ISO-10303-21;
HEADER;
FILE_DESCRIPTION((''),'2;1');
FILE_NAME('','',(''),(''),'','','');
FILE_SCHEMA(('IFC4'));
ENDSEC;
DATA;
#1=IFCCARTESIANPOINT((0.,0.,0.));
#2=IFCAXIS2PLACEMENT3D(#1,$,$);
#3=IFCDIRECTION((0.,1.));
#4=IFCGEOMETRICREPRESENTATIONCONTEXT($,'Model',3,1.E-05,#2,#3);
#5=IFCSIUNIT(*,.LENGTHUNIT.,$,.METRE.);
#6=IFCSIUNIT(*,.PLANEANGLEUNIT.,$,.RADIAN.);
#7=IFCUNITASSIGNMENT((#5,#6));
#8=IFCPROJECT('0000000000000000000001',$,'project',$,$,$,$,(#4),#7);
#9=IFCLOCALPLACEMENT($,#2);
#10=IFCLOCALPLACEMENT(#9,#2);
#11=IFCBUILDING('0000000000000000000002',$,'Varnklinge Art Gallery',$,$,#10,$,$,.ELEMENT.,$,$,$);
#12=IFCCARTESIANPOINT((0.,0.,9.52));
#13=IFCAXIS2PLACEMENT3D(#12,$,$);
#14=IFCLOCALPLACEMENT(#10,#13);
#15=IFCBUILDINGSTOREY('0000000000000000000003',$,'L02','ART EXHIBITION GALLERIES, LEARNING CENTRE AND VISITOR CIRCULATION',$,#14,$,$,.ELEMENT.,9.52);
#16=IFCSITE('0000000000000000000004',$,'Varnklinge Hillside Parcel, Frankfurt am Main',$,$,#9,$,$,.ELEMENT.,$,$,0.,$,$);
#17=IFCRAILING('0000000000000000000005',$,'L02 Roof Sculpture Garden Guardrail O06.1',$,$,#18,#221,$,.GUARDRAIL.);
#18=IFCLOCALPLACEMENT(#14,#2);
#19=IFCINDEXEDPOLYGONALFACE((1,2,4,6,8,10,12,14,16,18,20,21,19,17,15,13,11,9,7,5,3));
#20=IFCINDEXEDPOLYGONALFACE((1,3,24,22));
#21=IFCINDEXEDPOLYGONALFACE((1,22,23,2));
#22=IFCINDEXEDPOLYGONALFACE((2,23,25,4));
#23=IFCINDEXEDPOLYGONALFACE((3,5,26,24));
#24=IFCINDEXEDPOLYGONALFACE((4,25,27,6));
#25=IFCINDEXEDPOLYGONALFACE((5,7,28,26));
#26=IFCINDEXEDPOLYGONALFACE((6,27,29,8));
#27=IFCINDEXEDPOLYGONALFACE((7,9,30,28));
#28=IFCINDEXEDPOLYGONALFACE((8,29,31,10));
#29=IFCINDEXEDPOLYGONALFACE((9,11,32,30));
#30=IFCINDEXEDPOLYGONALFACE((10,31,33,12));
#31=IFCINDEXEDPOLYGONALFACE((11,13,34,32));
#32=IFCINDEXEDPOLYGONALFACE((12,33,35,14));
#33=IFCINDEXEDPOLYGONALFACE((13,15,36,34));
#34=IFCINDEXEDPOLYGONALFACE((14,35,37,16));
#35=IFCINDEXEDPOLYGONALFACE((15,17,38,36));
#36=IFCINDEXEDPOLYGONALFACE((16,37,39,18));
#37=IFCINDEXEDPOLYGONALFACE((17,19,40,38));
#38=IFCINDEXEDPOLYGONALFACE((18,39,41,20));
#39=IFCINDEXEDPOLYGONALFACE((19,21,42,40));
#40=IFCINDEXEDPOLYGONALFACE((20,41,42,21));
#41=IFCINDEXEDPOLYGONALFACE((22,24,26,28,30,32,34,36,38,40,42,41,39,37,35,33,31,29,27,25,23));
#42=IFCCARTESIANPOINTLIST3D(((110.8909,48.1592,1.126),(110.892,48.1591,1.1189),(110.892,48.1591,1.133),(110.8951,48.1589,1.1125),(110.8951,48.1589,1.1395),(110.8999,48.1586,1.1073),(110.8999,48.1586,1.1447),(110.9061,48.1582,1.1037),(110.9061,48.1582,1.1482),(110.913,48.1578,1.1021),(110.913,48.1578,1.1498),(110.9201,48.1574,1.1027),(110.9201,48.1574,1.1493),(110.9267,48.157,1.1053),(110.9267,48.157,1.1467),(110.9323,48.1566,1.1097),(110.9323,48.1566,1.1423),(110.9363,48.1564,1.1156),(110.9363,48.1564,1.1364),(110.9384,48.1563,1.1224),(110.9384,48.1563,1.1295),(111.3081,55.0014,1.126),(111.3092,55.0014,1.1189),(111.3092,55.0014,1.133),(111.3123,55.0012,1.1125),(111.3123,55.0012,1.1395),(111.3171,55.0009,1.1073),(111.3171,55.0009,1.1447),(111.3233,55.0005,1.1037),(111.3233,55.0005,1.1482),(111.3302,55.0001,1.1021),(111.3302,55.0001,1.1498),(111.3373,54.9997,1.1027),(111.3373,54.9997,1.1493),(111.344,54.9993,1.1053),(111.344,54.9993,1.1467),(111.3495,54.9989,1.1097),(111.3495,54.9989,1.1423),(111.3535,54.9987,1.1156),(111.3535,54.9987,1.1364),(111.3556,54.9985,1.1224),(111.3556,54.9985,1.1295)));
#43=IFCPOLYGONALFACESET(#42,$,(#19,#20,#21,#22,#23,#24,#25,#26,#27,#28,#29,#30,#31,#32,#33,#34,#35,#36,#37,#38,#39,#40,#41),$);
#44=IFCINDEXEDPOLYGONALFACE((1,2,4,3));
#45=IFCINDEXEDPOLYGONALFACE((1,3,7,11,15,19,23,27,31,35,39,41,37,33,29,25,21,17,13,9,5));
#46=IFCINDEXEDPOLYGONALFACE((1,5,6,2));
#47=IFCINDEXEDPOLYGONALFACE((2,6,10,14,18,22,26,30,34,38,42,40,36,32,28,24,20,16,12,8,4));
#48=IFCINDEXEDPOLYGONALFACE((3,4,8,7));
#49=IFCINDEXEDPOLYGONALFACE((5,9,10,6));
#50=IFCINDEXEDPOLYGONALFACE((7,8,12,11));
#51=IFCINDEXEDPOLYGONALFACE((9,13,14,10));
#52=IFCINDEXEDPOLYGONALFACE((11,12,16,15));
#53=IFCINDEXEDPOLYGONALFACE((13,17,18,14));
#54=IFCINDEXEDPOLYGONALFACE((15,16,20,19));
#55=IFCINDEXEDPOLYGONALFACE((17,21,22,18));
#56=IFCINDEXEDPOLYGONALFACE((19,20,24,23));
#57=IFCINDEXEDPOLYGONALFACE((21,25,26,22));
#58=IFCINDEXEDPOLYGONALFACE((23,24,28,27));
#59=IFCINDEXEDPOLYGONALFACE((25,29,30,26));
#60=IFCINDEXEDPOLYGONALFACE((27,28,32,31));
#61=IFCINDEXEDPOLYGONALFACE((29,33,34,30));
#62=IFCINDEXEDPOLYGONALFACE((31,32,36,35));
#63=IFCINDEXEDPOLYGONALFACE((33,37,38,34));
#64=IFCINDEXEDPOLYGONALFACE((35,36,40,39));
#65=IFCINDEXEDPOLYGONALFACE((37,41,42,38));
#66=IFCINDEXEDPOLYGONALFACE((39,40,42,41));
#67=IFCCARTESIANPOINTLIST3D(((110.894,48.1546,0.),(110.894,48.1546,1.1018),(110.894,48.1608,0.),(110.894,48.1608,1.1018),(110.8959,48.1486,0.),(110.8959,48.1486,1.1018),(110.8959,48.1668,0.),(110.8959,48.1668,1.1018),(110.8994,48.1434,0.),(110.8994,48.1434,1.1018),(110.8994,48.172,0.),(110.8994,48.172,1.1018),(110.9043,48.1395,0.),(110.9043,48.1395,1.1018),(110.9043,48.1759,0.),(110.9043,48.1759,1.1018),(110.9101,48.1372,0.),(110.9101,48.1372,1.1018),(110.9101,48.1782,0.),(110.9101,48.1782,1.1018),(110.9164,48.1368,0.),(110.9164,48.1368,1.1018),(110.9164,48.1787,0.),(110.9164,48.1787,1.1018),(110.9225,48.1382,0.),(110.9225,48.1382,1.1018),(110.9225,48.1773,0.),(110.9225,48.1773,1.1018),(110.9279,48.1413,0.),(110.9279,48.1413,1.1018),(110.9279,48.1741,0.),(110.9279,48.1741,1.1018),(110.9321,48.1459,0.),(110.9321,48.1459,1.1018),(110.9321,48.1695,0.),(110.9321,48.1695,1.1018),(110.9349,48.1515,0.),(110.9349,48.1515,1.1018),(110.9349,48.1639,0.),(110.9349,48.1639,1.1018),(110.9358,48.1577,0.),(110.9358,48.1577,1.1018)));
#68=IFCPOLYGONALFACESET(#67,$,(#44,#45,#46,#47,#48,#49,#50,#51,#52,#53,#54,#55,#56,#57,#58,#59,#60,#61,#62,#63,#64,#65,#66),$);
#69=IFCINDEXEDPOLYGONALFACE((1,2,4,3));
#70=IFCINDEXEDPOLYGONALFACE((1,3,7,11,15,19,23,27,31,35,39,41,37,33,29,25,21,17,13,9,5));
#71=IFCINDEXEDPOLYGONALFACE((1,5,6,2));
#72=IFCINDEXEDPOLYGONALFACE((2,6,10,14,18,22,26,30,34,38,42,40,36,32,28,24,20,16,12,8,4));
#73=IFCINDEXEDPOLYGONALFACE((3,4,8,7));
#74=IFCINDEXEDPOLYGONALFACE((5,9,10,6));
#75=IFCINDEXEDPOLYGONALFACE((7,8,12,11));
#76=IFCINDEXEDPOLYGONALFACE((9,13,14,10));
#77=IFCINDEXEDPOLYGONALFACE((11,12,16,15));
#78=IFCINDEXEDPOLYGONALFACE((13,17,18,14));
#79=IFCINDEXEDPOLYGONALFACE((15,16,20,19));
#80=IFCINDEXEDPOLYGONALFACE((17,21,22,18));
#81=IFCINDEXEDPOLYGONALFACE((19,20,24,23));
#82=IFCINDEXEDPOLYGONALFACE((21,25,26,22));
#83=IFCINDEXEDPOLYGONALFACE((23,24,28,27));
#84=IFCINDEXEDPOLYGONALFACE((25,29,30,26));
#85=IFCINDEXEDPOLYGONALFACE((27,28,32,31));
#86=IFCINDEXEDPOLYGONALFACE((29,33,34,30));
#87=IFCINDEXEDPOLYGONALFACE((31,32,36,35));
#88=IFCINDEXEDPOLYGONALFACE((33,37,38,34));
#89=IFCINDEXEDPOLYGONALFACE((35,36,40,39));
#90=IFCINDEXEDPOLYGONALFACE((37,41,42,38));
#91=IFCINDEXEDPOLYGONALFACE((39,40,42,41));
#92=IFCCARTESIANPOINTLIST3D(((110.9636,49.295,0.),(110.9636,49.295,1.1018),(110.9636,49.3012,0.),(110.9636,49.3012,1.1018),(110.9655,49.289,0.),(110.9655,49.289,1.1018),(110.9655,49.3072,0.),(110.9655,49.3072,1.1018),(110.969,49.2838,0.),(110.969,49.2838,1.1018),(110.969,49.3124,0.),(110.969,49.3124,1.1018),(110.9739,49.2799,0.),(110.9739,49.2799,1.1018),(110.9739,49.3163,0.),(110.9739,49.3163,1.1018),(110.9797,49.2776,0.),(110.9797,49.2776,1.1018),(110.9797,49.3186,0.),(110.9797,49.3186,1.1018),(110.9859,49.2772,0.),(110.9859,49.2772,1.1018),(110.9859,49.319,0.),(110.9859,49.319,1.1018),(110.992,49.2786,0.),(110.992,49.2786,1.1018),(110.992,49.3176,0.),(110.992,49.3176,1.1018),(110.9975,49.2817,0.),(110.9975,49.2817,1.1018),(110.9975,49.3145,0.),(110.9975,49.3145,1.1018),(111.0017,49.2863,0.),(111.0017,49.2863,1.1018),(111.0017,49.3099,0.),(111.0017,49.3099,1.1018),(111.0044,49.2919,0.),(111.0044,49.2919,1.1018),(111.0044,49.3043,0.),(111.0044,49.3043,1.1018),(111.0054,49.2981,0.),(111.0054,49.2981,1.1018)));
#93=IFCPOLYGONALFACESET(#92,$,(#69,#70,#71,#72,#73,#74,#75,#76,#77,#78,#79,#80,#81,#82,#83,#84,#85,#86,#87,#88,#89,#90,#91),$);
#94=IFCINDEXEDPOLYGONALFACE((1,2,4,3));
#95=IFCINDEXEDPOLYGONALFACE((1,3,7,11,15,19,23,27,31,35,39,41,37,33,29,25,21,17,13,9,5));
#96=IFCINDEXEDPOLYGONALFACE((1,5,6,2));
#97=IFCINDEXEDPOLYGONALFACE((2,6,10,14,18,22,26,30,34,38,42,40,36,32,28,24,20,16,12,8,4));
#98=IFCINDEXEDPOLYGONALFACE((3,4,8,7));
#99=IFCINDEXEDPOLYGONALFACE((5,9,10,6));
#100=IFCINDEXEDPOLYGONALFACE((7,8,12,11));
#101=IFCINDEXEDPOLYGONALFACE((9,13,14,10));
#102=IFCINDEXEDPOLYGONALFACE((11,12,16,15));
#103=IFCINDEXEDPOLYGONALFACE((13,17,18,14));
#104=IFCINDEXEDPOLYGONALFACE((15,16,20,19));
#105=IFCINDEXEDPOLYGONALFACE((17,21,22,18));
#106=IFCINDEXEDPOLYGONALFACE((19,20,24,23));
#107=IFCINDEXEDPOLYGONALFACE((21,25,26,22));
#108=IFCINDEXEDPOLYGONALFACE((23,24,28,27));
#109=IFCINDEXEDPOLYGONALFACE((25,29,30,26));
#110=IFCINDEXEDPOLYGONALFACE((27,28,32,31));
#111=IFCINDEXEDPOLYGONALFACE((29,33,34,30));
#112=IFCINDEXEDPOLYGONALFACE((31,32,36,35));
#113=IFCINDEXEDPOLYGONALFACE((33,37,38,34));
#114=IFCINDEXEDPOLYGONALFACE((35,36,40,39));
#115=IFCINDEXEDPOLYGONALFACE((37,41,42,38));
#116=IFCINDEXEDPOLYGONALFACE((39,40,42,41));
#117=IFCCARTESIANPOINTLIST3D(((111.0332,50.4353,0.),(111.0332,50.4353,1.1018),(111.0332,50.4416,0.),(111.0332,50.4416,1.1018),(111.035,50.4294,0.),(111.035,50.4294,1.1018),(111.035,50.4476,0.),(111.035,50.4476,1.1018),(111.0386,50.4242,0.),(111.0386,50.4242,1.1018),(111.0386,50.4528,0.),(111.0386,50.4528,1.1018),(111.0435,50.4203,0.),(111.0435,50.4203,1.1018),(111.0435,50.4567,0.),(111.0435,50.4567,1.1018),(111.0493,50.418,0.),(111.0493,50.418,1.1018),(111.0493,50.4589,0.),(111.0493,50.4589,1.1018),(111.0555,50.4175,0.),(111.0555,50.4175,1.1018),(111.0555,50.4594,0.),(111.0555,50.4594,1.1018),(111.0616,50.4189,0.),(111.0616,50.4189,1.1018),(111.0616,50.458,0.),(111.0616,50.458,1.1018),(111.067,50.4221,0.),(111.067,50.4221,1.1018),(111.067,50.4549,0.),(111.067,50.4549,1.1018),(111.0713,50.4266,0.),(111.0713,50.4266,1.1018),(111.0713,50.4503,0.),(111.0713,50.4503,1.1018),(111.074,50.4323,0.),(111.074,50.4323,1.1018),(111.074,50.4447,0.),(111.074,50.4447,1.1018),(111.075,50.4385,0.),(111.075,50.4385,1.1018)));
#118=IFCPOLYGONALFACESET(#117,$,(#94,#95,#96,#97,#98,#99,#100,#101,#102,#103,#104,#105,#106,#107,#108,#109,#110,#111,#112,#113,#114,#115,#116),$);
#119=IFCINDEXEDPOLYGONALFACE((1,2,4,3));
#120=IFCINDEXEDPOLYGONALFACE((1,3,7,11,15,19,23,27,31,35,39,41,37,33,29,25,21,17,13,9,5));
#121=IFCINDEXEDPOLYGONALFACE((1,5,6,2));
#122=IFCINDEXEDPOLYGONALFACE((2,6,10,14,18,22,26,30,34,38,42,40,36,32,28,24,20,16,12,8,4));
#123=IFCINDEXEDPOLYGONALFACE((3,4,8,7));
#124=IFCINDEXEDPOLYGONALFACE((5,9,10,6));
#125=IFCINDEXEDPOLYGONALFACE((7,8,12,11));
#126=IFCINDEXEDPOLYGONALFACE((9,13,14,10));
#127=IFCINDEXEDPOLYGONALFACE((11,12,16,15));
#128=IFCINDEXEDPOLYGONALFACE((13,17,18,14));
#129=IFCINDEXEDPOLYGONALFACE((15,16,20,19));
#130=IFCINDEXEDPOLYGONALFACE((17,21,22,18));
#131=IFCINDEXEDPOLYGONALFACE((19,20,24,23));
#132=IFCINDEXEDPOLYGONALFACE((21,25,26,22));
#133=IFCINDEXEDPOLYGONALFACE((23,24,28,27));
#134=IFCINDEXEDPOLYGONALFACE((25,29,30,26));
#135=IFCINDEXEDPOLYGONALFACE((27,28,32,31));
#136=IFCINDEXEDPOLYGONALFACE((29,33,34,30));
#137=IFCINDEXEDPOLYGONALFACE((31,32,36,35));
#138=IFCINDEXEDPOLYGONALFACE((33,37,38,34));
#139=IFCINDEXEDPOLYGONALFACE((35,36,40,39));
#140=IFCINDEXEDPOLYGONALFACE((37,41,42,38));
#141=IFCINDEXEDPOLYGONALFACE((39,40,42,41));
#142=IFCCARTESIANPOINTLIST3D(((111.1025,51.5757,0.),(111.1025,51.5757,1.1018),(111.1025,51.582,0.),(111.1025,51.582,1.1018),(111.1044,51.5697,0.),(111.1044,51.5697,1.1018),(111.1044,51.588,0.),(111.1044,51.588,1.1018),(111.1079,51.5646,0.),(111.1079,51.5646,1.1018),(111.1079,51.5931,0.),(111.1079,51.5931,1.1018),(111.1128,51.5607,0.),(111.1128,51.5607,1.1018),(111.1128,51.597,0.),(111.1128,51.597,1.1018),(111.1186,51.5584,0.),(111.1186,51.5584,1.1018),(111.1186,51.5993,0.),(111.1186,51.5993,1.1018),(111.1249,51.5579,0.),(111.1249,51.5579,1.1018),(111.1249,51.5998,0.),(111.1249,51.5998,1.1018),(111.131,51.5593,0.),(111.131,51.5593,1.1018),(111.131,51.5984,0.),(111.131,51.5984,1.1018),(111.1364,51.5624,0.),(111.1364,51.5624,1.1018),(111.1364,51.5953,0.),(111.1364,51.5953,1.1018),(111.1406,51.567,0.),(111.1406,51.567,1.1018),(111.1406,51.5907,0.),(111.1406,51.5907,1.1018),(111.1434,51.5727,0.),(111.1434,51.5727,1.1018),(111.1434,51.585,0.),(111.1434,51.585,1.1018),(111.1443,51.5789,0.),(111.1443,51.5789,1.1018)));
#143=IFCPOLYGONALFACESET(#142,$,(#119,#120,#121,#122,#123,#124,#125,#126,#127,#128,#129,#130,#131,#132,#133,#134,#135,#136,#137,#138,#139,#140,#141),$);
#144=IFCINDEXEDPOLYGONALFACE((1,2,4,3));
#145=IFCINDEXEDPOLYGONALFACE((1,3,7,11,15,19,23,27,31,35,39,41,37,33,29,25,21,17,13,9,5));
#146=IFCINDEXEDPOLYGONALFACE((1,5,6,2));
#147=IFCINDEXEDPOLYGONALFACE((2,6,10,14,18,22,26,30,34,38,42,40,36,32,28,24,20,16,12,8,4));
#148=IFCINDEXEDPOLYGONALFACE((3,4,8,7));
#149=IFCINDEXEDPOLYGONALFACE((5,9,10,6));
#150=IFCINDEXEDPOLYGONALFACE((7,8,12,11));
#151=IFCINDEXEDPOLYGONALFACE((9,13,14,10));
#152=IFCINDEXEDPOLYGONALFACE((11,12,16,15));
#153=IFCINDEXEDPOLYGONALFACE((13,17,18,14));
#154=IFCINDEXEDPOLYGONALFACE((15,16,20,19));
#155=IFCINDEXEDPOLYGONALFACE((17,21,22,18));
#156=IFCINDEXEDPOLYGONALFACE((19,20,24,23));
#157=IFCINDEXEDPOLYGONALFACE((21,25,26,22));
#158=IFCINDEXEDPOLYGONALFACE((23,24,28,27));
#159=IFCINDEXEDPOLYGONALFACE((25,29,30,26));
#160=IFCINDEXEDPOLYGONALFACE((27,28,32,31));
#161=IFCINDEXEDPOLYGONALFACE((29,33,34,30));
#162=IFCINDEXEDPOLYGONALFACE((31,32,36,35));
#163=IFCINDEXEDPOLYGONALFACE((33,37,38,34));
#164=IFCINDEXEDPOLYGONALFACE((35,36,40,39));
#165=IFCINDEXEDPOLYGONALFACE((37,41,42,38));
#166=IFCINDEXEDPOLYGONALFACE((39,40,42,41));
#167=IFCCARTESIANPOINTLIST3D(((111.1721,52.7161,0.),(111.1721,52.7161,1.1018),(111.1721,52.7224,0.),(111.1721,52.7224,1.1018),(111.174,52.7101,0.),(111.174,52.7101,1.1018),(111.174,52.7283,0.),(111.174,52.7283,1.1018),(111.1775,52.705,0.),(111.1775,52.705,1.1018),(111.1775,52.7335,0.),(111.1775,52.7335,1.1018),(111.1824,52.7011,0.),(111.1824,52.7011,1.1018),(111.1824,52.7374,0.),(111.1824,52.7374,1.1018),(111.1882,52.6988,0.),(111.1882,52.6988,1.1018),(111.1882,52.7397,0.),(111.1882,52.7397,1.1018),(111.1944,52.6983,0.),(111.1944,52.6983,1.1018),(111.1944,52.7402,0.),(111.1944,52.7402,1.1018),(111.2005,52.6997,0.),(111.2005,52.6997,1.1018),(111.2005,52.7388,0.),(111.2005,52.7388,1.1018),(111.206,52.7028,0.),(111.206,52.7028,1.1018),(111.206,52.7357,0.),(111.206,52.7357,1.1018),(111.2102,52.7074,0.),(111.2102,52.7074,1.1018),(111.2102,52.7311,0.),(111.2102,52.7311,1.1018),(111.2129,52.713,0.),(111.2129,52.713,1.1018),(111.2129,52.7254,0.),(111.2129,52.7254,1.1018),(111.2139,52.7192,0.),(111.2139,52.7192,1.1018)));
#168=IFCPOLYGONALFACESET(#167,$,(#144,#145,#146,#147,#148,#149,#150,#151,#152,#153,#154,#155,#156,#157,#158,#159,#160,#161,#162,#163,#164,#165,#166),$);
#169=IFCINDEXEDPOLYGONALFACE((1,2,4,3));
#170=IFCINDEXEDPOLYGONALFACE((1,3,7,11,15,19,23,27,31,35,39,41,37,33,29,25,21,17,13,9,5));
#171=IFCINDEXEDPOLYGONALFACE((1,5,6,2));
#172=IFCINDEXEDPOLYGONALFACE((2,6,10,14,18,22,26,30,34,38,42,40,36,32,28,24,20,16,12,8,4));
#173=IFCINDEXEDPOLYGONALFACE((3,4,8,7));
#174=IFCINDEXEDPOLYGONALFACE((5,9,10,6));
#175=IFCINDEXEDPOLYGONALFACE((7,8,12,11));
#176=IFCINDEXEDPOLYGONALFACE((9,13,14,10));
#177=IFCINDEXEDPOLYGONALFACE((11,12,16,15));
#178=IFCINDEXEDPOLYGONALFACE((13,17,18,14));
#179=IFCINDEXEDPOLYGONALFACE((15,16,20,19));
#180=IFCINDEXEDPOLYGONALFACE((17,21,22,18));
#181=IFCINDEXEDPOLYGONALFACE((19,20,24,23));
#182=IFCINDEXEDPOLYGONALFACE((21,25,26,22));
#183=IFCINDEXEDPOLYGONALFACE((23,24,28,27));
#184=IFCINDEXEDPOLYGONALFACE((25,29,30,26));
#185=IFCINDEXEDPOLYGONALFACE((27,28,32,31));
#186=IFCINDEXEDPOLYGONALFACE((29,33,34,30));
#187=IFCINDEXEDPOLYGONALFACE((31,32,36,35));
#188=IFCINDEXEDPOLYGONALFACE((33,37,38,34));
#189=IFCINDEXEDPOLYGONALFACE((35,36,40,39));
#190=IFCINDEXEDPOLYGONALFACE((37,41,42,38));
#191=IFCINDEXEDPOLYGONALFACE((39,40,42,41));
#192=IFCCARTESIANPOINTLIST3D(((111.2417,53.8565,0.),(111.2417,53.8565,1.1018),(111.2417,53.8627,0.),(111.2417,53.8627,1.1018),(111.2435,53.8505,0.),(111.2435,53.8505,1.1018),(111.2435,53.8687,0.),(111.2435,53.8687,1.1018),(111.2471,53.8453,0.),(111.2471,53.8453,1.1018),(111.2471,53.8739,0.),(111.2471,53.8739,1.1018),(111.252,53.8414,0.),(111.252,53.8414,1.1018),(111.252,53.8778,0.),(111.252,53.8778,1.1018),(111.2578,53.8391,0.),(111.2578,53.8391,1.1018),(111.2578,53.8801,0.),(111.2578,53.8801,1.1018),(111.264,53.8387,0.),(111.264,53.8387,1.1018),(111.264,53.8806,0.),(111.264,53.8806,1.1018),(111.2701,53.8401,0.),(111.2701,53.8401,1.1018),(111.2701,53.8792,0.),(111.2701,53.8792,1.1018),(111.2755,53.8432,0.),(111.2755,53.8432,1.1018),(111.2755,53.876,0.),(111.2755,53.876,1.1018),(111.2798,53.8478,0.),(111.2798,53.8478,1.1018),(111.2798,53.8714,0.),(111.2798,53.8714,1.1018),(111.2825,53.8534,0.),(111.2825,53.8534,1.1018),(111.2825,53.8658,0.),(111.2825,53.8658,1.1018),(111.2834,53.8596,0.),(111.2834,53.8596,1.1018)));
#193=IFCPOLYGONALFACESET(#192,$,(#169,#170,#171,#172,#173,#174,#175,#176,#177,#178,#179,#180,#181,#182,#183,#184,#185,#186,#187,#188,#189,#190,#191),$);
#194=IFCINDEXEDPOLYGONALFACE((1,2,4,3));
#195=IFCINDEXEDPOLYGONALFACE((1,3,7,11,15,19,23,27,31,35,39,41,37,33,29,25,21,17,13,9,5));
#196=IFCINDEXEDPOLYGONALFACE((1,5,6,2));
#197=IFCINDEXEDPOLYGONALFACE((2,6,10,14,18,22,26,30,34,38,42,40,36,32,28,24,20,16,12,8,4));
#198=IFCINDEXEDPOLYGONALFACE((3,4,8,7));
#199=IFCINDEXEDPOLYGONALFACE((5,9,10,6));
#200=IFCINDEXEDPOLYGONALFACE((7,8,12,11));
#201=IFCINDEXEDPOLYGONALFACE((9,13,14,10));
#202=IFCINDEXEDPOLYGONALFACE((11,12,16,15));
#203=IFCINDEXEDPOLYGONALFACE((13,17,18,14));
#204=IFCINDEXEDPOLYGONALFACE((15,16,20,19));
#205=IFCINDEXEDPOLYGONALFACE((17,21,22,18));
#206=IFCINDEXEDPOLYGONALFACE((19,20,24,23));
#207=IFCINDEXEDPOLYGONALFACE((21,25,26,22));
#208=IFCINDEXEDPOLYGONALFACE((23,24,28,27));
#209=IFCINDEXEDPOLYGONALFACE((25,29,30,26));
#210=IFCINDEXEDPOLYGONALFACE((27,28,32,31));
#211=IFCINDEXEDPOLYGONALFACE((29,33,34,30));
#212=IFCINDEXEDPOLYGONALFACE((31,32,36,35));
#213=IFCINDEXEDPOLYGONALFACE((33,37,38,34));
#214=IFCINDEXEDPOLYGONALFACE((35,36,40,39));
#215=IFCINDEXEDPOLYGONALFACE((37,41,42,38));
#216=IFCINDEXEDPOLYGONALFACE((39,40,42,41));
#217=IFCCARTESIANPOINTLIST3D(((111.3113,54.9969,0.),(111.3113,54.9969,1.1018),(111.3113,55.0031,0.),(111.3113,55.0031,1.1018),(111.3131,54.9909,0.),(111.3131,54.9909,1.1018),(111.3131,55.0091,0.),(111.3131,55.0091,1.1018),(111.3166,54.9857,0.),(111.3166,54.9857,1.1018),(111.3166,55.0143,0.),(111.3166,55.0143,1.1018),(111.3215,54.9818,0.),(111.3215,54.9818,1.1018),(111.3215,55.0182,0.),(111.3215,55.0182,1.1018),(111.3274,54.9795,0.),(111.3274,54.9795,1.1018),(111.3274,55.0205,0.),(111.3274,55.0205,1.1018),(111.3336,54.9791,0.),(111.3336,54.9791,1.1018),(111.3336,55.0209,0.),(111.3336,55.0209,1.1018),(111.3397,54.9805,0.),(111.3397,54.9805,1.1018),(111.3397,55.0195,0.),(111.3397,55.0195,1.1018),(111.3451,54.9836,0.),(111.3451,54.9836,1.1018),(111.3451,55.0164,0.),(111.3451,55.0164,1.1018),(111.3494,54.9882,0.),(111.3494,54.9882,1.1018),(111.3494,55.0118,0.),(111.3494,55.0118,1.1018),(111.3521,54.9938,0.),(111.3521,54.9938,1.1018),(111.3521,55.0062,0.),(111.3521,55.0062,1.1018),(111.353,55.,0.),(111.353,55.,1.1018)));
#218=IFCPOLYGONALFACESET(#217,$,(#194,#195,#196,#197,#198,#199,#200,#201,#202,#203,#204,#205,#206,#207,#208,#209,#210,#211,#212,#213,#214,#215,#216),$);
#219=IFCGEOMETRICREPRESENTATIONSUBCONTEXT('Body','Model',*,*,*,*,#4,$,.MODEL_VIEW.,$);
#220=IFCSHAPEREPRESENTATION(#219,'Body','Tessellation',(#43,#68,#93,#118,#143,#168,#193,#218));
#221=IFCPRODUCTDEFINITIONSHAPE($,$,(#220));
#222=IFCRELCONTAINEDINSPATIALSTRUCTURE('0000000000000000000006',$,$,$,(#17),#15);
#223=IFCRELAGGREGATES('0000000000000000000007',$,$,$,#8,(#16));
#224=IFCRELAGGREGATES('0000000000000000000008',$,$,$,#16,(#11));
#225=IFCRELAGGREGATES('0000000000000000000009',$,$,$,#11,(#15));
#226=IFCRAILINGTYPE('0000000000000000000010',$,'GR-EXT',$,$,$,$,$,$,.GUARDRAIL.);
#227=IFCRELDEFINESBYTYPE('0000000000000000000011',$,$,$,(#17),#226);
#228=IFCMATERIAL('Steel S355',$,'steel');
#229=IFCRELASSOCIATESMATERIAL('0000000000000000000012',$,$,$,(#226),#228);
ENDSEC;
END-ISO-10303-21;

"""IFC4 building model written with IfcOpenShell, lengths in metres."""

from ifc_helpers import new_model, si_unit, direction, frame, origin, origin_2d, place, context, subcontext, project, spatial, circle, extrude, material, type_object, element, save


model = new_model("IFC4")

# Units and contexts
model_context = context("Model", 3, precision=1e-05, world=origin(), true_north=direction((0.0, 1.0)))
body_context = subcontext(model_context, "Body", "Model", "MODEL_VIEW")
ifc_project = project(units=[si_unit("LENGTHUNIT", "METRE"), si_unit("PLANEANGLEUNIT", "RADIAN")], contexts=[model_context])

# Site, building, storey
site_placement = place(None, origin())
site = spatial("IfcSite", under=ifc_project, at=site_placement, Name="Varnklinge Hillside Parcel, Frankfurt am Main", CompositionType="ELEMENT", RefElevation=0.0)
building_placement = place(site_placement, origin())
building = spatial("IfcBuilding", under=site, at=building_placement, Name="Varnklinge Art Gallery", CompositionType="ELEMENT")
storey_placement = place(building_placement, frame((0.0, 0.0, 9.52)))
storey = spatial("IfcBuildingStorey", under=building, at=storey_placement, Name="L02", Description="ART EXHIBITION GALLERIES, LEARNING CENTRE AND VISITOR CIRCULATION", CompositionType="ELEMENT", Elevation=9.52)

# Railing
ifc_material_1 = material(Name="Steel S355", Category="steel")
railing_type_1 = type_object("IfcRailingType", Name="GR-EXT", PredefinedType="GUARDRAIL", material=ifc_material_1)
railing_1_placement = place(storey_placement, frame((110.9148, 48.1577, 0.0)))
element("IfcRailing", 1, at=railing_1_placement, inside=storey, type_object=railing_type_1, Name="L02 Roof Sculpture Garden Guardrail O06.1", PredefinedType="GUARDRAIL", context=body_context, shape_type="SweptSolid", body=[
    extrude(circle(Radius=0.0239, at=origin_2d()), frame((0.0, 0.0, 1.126), z_axis=(0.060866, 0.998146, 0.0), x_axis=(-0.998146, 0.060866, 0.0)), (0.0, 0.0, 1.0), 6.855),
    extrude(circle(Radius=0.021, at=origin_2d()), origin(), (0.0, 0.0, 1.0), 1.1018),
    extrude(circle(Radius=0.021, at=origin_2d()), frame((0.0696, 1.1404, 0.0)), (0.0, 0.0, 1.0), 1.1018),
    extrude(circle(Radius=0.021, at=origin_2d()), frame((0.1392, 2.2808, 0.0)), (0.0, 0.0, 1.0), 1.1018),
    extrude(circle(Radius=0.021, at=origin_2d()), frame((0.2085, 3.4211, 0.0)), (0.0, 0.0, 1.0), 1.1018),
    extrude(circle(Radius=0.021, at=origin_2d()), frame((0.2781, 4.5615, 0.0)), (0.0, 0.0, 1.0), 1.1018),
    extrude(circle(Radius=0.021, at=origin_2d()), frame((0.3477, 5.7019, 0.0)), (0.0, 0.0, 1.0), 1.1018),
    extrude(circle(Radius=0.021, at=origin_2d()), frame((0.4172, 6.8423, 0.0)), (0.0, 0.0, 1.0), 1.1018),
])

save(model, "model.ifc")
